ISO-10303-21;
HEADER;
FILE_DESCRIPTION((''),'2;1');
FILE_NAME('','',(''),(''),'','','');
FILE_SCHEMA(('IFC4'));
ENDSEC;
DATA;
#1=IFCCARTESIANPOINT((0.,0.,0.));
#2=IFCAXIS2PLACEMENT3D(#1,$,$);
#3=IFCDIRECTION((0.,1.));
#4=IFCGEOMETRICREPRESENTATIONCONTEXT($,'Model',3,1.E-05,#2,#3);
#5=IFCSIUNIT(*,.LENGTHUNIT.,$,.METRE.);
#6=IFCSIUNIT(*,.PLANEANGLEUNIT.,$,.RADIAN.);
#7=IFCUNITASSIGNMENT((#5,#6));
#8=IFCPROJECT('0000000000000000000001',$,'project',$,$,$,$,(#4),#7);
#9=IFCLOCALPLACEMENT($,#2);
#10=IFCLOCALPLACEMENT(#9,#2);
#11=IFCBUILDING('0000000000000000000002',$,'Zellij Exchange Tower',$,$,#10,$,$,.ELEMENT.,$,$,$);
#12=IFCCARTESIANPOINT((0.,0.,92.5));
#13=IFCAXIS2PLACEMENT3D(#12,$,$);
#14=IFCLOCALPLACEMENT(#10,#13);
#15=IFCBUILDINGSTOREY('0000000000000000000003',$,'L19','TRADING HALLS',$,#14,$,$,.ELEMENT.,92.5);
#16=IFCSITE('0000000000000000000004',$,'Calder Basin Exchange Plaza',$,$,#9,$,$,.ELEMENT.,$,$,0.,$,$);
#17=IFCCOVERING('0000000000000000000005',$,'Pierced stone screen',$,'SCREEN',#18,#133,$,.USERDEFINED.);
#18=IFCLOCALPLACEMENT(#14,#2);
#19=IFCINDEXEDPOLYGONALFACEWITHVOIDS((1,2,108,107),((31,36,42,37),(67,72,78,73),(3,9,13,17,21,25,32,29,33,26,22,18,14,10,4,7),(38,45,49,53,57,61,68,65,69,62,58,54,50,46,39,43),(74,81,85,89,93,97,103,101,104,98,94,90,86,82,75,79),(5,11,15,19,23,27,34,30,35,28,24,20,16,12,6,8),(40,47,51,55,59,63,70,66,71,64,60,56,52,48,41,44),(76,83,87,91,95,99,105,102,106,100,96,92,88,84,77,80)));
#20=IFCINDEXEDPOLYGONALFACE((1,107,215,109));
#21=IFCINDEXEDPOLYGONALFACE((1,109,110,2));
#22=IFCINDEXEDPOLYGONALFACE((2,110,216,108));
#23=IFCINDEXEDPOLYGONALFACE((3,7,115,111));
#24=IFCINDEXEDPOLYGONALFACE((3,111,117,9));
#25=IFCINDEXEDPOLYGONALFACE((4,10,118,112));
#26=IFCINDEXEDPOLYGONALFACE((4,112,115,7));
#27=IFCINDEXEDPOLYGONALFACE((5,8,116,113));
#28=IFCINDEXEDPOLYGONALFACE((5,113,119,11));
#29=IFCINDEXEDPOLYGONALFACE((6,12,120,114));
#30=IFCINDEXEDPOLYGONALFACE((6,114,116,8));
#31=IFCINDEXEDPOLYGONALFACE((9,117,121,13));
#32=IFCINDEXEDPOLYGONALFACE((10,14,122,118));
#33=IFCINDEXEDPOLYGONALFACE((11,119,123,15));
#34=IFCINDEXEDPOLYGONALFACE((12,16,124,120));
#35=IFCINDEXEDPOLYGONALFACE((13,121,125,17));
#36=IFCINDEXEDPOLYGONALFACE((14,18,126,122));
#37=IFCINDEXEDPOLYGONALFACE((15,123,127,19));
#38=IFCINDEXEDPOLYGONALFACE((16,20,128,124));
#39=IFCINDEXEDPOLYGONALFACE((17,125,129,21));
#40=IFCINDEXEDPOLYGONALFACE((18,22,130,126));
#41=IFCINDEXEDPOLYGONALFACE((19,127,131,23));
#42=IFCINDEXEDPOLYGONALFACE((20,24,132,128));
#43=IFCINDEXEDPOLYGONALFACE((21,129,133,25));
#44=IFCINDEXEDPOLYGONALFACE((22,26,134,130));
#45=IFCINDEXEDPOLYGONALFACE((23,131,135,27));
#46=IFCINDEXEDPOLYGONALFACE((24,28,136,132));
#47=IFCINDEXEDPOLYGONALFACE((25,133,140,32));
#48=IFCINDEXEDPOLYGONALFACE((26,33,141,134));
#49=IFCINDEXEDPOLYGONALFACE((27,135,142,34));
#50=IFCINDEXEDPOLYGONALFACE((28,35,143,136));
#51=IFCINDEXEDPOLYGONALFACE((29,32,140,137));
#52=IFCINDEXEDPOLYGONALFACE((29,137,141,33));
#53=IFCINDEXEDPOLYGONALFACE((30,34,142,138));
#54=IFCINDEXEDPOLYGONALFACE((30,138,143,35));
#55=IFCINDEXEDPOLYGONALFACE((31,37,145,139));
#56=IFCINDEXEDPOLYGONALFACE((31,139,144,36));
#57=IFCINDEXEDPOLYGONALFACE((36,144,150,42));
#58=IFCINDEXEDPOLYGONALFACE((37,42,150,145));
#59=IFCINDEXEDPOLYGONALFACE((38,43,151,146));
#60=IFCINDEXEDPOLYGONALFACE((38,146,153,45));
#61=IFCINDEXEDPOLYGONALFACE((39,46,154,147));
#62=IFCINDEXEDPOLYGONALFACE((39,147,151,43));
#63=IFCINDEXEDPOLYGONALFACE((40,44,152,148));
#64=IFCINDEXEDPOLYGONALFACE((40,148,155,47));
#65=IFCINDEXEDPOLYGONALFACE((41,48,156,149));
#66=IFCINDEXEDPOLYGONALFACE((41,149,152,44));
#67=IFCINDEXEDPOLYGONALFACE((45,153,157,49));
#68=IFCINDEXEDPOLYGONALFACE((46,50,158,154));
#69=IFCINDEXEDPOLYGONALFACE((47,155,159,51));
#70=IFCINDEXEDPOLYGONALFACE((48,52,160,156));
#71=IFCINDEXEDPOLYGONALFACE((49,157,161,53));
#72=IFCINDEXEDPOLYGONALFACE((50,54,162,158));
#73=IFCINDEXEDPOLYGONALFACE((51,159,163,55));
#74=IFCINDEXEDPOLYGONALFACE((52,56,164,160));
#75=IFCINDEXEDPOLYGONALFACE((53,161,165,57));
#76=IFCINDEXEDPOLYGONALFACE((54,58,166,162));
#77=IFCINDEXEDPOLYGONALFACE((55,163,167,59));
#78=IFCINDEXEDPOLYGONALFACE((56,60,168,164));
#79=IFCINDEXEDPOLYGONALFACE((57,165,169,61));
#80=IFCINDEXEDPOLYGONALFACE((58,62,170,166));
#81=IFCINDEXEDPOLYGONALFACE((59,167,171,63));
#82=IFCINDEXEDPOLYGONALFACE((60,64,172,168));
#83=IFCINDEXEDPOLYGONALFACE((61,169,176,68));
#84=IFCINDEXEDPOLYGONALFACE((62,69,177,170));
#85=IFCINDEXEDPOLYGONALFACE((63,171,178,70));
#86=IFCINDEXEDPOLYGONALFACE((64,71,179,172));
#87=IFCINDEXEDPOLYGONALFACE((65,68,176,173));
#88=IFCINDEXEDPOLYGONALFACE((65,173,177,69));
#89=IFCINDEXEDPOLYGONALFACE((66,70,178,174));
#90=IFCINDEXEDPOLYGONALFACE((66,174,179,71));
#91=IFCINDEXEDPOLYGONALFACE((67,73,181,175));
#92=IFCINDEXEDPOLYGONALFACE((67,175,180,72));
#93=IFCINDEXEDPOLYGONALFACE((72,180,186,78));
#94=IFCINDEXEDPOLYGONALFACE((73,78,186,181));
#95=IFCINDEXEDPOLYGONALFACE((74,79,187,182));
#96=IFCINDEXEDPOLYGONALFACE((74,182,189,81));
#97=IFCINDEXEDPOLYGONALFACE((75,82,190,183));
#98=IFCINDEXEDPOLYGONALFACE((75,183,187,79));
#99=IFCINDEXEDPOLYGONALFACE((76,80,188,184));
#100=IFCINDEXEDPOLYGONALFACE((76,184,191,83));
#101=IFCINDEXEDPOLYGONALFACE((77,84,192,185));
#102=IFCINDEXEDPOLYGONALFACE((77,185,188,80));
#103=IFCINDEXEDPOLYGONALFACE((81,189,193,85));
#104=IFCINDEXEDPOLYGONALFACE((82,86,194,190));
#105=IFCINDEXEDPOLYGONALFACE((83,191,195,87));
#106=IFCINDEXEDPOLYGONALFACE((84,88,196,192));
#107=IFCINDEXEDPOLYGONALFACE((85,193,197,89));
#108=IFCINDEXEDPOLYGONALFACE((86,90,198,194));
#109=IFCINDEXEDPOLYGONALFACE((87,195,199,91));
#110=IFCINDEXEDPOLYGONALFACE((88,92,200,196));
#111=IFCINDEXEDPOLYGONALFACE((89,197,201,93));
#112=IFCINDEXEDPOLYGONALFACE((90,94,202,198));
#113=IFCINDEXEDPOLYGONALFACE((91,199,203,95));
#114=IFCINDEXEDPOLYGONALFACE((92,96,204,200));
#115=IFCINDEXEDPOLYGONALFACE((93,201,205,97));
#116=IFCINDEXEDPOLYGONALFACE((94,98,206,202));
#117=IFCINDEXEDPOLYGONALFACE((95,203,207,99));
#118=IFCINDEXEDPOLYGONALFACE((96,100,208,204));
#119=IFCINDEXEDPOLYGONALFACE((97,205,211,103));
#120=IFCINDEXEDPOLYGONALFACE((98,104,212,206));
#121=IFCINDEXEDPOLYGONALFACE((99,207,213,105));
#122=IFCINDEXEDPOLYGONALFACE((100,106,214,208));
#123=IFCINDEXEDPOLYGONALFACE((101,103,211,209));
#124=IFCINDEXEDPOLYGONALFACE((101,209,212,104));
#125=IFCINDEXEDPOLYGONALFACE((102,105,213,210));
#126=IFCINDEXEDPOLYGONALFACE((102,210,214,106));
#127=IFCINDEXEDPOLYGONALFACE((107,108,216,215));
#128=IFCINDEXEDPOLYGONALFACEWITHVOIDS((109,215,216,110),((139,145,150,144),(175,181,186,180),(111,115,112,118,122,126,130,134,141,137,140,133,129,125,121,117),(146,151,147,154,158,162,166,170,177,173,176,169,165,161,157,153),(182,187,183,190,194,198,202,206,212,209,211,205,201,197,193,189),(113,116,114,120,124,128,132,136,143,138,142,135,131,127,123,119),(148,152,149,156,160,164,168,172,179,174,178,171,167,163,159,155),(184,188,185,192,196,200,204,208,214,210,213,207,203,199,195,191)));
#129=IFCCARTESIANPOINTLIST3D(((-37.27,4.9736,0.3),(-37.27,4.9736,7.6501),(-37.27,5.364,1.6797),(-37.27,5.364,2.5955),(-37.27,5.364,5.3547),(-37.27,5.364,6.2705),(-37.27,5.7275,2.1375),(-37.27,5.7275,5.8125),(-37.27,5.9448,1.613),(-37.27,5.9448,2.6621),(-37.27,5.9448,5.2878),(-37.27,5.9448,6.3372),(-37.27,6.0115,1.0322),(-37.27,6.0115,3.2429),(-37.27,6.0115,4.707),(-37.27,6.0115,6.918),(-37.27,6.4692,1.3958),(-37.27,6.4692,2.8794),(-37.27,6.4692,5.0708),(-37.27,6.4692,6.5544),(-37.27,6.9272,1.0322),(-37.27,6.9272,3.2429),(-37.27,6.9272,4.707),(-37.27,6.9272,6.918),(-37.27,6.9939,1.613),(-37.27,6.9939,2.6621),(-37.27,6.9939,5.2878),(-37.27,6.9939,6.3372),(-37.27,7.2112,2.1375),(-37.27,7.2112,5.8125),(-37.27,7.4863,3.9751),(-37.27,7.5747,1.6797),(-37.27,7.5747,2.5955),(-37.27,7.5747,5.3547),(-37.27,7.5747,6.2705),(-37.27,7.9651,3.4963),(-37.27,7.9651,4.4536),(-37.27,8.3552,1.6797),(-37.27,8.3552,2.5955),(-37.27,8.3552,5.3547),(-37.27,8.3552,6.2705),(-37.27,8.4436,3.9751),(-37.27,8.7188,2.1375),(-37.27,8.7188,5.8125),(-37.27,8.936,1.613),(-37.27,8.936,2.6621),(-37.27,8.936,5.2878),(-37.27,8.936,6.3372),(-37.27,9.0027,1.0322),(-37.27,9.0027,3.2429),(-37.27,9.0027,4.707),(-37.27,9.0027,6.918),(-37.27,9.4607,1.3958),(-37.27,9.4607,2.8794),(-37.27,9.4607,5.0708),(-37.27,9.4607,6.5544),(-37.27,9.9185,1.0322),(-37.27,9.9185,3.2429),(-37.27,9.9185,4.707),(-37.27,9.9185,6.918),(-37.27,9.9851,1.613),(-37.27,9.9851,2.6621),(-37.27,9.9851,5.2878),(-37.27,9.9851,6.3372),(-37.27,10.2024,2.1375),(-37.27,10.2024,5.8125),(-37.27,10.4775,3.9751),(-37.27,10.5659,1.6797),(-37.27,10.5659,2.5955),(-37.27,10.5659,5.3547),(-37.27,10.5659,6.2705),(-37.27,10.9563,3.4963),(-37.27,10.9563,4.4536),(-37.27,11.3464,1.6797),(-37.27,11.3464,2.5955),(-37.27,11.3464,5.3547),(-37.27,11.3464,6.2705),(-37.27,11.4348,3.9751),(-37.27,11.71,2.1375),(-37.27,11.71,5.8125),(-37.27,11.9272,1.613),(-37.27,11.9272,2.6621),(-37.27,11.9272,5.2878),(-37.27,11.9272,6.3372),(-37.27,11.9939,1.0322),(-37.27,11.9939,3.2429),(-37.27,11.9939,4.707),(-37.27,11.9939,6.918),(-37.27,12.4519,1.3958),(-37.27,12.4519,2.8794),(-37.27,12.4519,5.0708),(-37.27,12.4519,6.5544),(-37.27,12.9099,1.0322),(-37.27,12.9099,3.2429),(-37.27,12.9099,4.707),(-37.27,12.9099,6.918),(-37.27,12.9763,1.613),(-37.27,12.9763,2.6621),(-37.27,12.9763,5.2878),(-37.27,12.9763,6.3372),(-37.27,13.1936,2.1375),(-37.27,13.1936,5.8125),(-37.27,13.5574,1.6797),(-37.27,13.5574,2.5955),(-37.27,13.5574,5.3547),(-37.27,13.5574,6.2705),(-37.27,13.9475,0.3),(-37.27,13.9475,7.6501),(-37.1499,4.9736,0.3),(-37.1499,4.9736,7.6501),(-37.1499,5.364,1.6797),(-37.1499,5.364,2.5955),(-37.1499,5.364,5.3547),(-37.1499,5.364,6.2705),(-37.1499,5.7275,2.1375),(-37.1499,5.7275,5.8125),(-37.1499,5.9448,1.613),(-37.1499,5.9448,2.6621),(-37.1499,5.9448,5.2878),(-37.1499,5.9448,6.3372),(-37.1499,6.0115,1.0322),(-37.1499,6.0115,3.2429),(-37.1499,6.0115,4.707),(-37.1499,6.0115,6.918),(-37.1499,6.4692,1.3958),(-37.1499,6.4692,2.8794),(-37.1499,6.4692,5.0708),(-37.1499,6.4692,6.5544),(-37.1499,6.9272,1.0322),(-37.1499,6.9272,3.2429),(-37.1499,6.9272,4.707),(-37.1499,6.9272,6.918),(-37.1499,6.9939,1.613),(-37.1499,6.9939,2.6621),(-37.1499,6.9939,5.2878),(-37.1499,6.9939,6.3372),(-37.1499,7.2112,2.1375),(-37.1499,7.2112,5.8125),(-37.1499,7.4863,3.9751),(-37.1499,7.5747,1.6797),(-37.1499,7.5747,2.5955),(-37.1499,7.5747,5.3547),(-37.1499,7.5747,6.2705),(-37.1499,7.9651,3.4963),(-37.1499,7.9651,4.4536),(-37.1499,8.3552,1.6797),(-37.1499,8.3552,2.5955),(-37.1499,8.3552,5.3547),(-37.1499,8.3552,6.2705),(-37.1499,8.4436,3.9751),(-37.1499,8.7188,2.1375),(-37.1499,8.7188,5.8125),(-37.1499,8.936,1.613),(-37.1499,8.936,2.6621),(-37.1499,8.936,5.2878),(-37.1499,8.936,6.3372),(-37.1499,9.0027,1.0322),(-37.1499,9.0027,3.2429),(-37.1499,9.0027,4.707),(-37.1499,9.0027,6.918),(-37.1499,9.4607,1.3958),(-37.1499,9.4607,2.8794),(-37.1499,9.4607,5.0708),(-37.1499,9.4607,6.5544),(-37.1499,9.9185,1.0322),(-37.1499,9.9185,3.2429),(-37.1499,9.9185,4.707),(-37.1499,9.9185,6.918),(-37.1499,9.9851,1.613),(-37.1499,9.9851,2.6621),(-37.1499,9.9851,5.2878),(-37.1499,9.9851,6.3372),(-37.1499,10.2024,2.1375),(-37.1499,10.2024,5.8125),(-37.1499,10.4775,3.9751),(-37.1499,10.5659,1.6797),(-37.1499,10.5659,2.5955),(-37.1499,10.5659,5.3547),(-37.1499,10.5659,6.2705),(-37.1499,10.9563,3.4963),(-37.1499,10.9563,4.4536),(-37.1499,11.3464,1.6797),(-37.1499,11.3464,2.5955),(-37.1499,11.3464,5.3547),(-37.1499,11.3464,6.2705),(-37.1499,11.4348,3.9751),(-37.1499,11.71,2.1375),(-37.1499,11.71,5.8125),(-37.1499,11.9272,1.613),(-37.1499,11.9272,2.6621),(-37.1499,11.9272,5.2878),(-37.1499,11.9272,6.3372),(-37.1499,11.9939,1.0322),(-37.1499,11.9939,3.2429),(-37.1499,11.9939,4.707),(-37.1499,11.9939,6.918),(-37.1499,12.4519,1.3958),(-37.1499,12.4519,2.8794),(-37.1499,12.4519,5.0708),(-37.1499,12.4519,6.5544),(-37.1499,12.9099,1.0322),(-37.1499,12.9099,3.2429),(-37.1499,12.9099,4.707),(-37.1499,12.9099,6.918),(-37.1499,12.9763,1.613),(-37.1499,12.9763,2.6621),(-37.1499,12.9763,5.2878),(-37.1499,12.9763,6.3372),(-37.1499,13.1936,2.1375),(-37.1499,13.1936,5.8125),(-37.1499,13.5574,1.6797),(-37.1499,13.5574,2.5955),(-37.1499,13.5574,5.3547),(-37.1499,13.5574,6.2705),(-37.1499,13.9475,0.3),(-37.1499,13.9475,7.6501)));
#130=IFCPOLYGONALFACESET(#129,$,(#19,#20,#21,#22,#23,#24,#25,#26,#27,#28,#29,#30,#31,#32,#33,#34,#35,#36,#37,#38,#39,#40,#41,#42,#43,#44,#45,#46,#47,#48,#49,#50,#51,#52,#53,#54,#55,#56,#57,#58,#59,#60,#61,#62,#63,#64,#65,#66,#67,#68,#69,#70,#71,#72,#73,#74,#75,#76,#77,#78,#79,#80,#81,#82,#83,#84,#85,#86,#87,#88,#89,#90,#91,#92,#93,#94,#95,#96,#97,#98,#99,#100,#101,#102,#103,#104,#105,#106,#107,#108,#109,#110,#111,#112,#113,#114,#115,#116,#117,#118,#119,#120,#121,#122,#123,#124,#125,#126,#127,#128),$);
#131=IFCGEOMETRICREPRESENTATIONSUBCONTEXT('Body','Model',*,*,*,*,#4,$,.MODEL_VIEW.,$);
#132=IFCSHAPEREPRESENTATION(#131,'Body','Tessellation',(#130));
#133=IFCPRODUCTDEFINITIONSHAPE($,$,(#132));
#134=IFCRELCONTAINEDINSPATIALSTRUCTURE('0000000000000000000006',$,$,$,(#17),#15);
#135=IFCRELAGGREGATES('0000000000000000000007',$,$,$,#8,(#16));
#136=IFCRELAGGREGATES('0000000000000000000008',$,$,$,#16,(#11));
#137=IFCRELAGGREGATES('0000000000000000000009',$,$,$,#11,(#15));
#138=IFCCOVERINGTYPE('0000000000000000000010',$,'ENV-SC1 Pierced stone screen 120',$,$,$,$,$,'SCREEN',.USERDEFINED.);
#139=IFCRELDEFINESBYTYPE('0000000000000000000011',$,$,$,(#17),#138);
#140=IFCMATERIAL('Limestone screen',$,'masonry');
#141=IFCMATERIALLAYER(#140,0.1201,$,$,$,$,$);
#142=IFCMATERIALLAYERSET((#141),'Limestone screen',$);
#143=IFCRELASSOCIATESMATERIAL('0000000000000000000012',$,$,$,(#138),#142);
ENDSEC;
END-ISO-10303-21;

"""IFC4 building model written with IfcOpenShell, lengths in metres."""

from ifc_helpers import new_model, si_unit, direction, frame, origin, place, context, subcontext, project, spatial, polyline, outline, extrude, material, layer, layer_set, type_object, element, save


model = new_model("IFC4")

# Units and contexts
model_context = context("Model", 3, precision=1e-05, world=origin(), true_north=direction((0.0, 1.0)))
body_context = subcontext(model_context, "Body", "Model", "MODEL_VIEW")
ifc_project = project(units=[si_unit("LENGTHUNIT", "METRE"), si_unit("PLANEANGLEUNIT", "RADIAN")], contexts=[model_context])

# Site, building, storey
site_placement = place(None, origin())
site = spatial("IfcSite", under=ifc_project, at=site_placement, Name="Calder Basin Exchange Plaza", CompositionType="ELEMENT", RefElevation=0.0)
building_placement = place(site_placement, origin())
building = spatial("IfcBuilding", under=site, at=building_placement, Name="Zellij Exchange Tower", CompositionType="ELEMENT")
storey_placement = place(building_placement, frame((0.0, 0.0, 92.5)))
storey = spatial("IfcBuildingStorey", under=building, at=storey_placement, Name="L19", Description="TRADING HALLS", CompositionType="ELEMENT", Elevation=92.5)

# Covering
ifc_material_1 = material(Name="Limestone screen", Category="masonry")
ifc_layer_1 = layer(ifc_material_1, 0.1201)
ifc_layer_set_1 = layer_set([ifc_layer_1], Name="Limestone screen")
covering_type = type_object("IfcCoveringType", Name="ENV-SC1 Pierced stone screen 120", ElementType="SCREEN", PredefinedType="USERDEFINED", material=ifc_layer_set_1)
covering_1_placement = place(storey_placement, frame((-37.21, 13.9475, 0.3), z_axis=(0.0, 0.0, 1.0), x_axis=(0.0, -1.0, 0.0)))
element("IfcCovering", 1, at=covering_1_placement, inside=storey, type_object=covering_type, Name="Pierced stone screen", ObjectType="SCREEN", PredefinedType="USERDEFINED", context=body_context, shape_type="SweptSolid", body=[
    extrude(outline(polyline([(0.0, 0.0), (8.9739, 0.0), (8.9739, 7.3501), (0.0, 7.3501), (0.0, 0.0)]), holes=[polyline([(2.6011, 2.2954), (2.0203, 2.3621), (1.9536, 2.9429), (1.4956, 2.5793), (1.0376, 2.9429), (0.9712, 2.3621), (0.3901, 2.2954), (0.7539, 1.8374), (0.3901, 1.3796), (0.9712, 1.313), (1.0376, 0.7322), (1.4956, 1.0957), (1.9536, 0.7322), (2.0203, 1.313), (2.6011, 1.3796), (2.2375, 1.8374), (2.6011, 2.2954)]), polyline([(2.6011, 5.9705), (2.0203, 6.0371), (1.9536, 6.6179), (1.4956, 6.2544), (1.0376, 6.6179), (0.9712, 6.0371), (0.3901, 5.9705), (0.7539, 5.5125), (0.3901, 5.0547), (0.9712, 4.9878), (1.0376, 4.407), (1.4956, 4.7708), (1.9536, 4.407), (2.0203, 4.9878), (2.6011, 5.0547), (2.2375, 5.5125), (2.6011, 5.9705)]), polyline([(5.5923, 2.2954), (5.0115, 2.3621), (4.9448, 2.9429), (4.4868, 2.5793), (4.0291, 2.9429), (3.9624, 2.3621), (3.3816, 2.2954), (3.7451, 1.8374), (3.3816, 1.3796), (3.9624, 1.313), (4.0291, 0.7322), (4.4868, 1.0957), (4.9448, 0.7322), (5.0115, 1.313), (5.5923, 1.3796), (5.2288, 1.8374), (5.5923, 2.2954)]), polyline([(5.5923, 5.9705), (5.0115, 6.0371), (4.9448, 6.6179), (4.4868, 6.2544), (4.0291, 6.6179), (3.9624, 6.0371), (3.3816, 5.9705), (3.7451, 5.5125), (3.3816, 5.0547), (3.9624, 4.9878), (4.0291, 4.407), (4.4868, 4.7708), (4.9448, 4.407), (5.0115, 4.9878), (5.5923, 5.0547), (5.2288, 5.5125), (5.5923, 5.9705)]), polyline([(8.5835, 2.2954), (8.0027, 2.3621), (7.936, 2.9429), (7.4783, 2.5793), (7.0203, 2.9429), (6.9536, 2.3621), (6.3728, 2.2954), (6.7363, 1.8374), (6.3728, 1.3796), (6.9536, 1.313), (7.0203, 0.7322), (7.4783, 1.0957), (7.936, 0.7322), (8.0027, 1.313), (8.5835, 1.3796), (8.22, 1.8374), (8.5835, 2.2954)]), polyline([(8.5835, 5.9705), (8.0027, 6.0371), (7.936, 6.6179), (7.4783, 6.2544), (7.0203, 6.6179), (6.9536, 6.0371), (6.3728, 5.9705), (6.7363, 5.5125), (6.3728, 5.0547), (6.9536, 4.9878), (7.0203, 4.407), (7.4783, 4.7708), (7.936, 4.407), (8.0027, 4.9878), (8.5835, 5.0547), (8.22, 5.5125), (8.5835, 5.9705)]), polyline([(3.47, 3.675), (2.9912, 4.1536), (2.5127, 3.675), (2.9912, 3.1963), (3.47, 3.675)]), polyline([(6.4612, 3.675), (5.9824, 4.1536), (5.5039, 3.675), (5.9824, 3.1963), (6.4612, 3.675)])]), frame((0.0, 0.0601, 0.0), z_axis=(0.0, -1.0, 0.0), x_axis=(1.0, 0.0, 0.0)), (0.0, 0.0, 1.0), 0.1201),
])

save(model, "model.ifc")
